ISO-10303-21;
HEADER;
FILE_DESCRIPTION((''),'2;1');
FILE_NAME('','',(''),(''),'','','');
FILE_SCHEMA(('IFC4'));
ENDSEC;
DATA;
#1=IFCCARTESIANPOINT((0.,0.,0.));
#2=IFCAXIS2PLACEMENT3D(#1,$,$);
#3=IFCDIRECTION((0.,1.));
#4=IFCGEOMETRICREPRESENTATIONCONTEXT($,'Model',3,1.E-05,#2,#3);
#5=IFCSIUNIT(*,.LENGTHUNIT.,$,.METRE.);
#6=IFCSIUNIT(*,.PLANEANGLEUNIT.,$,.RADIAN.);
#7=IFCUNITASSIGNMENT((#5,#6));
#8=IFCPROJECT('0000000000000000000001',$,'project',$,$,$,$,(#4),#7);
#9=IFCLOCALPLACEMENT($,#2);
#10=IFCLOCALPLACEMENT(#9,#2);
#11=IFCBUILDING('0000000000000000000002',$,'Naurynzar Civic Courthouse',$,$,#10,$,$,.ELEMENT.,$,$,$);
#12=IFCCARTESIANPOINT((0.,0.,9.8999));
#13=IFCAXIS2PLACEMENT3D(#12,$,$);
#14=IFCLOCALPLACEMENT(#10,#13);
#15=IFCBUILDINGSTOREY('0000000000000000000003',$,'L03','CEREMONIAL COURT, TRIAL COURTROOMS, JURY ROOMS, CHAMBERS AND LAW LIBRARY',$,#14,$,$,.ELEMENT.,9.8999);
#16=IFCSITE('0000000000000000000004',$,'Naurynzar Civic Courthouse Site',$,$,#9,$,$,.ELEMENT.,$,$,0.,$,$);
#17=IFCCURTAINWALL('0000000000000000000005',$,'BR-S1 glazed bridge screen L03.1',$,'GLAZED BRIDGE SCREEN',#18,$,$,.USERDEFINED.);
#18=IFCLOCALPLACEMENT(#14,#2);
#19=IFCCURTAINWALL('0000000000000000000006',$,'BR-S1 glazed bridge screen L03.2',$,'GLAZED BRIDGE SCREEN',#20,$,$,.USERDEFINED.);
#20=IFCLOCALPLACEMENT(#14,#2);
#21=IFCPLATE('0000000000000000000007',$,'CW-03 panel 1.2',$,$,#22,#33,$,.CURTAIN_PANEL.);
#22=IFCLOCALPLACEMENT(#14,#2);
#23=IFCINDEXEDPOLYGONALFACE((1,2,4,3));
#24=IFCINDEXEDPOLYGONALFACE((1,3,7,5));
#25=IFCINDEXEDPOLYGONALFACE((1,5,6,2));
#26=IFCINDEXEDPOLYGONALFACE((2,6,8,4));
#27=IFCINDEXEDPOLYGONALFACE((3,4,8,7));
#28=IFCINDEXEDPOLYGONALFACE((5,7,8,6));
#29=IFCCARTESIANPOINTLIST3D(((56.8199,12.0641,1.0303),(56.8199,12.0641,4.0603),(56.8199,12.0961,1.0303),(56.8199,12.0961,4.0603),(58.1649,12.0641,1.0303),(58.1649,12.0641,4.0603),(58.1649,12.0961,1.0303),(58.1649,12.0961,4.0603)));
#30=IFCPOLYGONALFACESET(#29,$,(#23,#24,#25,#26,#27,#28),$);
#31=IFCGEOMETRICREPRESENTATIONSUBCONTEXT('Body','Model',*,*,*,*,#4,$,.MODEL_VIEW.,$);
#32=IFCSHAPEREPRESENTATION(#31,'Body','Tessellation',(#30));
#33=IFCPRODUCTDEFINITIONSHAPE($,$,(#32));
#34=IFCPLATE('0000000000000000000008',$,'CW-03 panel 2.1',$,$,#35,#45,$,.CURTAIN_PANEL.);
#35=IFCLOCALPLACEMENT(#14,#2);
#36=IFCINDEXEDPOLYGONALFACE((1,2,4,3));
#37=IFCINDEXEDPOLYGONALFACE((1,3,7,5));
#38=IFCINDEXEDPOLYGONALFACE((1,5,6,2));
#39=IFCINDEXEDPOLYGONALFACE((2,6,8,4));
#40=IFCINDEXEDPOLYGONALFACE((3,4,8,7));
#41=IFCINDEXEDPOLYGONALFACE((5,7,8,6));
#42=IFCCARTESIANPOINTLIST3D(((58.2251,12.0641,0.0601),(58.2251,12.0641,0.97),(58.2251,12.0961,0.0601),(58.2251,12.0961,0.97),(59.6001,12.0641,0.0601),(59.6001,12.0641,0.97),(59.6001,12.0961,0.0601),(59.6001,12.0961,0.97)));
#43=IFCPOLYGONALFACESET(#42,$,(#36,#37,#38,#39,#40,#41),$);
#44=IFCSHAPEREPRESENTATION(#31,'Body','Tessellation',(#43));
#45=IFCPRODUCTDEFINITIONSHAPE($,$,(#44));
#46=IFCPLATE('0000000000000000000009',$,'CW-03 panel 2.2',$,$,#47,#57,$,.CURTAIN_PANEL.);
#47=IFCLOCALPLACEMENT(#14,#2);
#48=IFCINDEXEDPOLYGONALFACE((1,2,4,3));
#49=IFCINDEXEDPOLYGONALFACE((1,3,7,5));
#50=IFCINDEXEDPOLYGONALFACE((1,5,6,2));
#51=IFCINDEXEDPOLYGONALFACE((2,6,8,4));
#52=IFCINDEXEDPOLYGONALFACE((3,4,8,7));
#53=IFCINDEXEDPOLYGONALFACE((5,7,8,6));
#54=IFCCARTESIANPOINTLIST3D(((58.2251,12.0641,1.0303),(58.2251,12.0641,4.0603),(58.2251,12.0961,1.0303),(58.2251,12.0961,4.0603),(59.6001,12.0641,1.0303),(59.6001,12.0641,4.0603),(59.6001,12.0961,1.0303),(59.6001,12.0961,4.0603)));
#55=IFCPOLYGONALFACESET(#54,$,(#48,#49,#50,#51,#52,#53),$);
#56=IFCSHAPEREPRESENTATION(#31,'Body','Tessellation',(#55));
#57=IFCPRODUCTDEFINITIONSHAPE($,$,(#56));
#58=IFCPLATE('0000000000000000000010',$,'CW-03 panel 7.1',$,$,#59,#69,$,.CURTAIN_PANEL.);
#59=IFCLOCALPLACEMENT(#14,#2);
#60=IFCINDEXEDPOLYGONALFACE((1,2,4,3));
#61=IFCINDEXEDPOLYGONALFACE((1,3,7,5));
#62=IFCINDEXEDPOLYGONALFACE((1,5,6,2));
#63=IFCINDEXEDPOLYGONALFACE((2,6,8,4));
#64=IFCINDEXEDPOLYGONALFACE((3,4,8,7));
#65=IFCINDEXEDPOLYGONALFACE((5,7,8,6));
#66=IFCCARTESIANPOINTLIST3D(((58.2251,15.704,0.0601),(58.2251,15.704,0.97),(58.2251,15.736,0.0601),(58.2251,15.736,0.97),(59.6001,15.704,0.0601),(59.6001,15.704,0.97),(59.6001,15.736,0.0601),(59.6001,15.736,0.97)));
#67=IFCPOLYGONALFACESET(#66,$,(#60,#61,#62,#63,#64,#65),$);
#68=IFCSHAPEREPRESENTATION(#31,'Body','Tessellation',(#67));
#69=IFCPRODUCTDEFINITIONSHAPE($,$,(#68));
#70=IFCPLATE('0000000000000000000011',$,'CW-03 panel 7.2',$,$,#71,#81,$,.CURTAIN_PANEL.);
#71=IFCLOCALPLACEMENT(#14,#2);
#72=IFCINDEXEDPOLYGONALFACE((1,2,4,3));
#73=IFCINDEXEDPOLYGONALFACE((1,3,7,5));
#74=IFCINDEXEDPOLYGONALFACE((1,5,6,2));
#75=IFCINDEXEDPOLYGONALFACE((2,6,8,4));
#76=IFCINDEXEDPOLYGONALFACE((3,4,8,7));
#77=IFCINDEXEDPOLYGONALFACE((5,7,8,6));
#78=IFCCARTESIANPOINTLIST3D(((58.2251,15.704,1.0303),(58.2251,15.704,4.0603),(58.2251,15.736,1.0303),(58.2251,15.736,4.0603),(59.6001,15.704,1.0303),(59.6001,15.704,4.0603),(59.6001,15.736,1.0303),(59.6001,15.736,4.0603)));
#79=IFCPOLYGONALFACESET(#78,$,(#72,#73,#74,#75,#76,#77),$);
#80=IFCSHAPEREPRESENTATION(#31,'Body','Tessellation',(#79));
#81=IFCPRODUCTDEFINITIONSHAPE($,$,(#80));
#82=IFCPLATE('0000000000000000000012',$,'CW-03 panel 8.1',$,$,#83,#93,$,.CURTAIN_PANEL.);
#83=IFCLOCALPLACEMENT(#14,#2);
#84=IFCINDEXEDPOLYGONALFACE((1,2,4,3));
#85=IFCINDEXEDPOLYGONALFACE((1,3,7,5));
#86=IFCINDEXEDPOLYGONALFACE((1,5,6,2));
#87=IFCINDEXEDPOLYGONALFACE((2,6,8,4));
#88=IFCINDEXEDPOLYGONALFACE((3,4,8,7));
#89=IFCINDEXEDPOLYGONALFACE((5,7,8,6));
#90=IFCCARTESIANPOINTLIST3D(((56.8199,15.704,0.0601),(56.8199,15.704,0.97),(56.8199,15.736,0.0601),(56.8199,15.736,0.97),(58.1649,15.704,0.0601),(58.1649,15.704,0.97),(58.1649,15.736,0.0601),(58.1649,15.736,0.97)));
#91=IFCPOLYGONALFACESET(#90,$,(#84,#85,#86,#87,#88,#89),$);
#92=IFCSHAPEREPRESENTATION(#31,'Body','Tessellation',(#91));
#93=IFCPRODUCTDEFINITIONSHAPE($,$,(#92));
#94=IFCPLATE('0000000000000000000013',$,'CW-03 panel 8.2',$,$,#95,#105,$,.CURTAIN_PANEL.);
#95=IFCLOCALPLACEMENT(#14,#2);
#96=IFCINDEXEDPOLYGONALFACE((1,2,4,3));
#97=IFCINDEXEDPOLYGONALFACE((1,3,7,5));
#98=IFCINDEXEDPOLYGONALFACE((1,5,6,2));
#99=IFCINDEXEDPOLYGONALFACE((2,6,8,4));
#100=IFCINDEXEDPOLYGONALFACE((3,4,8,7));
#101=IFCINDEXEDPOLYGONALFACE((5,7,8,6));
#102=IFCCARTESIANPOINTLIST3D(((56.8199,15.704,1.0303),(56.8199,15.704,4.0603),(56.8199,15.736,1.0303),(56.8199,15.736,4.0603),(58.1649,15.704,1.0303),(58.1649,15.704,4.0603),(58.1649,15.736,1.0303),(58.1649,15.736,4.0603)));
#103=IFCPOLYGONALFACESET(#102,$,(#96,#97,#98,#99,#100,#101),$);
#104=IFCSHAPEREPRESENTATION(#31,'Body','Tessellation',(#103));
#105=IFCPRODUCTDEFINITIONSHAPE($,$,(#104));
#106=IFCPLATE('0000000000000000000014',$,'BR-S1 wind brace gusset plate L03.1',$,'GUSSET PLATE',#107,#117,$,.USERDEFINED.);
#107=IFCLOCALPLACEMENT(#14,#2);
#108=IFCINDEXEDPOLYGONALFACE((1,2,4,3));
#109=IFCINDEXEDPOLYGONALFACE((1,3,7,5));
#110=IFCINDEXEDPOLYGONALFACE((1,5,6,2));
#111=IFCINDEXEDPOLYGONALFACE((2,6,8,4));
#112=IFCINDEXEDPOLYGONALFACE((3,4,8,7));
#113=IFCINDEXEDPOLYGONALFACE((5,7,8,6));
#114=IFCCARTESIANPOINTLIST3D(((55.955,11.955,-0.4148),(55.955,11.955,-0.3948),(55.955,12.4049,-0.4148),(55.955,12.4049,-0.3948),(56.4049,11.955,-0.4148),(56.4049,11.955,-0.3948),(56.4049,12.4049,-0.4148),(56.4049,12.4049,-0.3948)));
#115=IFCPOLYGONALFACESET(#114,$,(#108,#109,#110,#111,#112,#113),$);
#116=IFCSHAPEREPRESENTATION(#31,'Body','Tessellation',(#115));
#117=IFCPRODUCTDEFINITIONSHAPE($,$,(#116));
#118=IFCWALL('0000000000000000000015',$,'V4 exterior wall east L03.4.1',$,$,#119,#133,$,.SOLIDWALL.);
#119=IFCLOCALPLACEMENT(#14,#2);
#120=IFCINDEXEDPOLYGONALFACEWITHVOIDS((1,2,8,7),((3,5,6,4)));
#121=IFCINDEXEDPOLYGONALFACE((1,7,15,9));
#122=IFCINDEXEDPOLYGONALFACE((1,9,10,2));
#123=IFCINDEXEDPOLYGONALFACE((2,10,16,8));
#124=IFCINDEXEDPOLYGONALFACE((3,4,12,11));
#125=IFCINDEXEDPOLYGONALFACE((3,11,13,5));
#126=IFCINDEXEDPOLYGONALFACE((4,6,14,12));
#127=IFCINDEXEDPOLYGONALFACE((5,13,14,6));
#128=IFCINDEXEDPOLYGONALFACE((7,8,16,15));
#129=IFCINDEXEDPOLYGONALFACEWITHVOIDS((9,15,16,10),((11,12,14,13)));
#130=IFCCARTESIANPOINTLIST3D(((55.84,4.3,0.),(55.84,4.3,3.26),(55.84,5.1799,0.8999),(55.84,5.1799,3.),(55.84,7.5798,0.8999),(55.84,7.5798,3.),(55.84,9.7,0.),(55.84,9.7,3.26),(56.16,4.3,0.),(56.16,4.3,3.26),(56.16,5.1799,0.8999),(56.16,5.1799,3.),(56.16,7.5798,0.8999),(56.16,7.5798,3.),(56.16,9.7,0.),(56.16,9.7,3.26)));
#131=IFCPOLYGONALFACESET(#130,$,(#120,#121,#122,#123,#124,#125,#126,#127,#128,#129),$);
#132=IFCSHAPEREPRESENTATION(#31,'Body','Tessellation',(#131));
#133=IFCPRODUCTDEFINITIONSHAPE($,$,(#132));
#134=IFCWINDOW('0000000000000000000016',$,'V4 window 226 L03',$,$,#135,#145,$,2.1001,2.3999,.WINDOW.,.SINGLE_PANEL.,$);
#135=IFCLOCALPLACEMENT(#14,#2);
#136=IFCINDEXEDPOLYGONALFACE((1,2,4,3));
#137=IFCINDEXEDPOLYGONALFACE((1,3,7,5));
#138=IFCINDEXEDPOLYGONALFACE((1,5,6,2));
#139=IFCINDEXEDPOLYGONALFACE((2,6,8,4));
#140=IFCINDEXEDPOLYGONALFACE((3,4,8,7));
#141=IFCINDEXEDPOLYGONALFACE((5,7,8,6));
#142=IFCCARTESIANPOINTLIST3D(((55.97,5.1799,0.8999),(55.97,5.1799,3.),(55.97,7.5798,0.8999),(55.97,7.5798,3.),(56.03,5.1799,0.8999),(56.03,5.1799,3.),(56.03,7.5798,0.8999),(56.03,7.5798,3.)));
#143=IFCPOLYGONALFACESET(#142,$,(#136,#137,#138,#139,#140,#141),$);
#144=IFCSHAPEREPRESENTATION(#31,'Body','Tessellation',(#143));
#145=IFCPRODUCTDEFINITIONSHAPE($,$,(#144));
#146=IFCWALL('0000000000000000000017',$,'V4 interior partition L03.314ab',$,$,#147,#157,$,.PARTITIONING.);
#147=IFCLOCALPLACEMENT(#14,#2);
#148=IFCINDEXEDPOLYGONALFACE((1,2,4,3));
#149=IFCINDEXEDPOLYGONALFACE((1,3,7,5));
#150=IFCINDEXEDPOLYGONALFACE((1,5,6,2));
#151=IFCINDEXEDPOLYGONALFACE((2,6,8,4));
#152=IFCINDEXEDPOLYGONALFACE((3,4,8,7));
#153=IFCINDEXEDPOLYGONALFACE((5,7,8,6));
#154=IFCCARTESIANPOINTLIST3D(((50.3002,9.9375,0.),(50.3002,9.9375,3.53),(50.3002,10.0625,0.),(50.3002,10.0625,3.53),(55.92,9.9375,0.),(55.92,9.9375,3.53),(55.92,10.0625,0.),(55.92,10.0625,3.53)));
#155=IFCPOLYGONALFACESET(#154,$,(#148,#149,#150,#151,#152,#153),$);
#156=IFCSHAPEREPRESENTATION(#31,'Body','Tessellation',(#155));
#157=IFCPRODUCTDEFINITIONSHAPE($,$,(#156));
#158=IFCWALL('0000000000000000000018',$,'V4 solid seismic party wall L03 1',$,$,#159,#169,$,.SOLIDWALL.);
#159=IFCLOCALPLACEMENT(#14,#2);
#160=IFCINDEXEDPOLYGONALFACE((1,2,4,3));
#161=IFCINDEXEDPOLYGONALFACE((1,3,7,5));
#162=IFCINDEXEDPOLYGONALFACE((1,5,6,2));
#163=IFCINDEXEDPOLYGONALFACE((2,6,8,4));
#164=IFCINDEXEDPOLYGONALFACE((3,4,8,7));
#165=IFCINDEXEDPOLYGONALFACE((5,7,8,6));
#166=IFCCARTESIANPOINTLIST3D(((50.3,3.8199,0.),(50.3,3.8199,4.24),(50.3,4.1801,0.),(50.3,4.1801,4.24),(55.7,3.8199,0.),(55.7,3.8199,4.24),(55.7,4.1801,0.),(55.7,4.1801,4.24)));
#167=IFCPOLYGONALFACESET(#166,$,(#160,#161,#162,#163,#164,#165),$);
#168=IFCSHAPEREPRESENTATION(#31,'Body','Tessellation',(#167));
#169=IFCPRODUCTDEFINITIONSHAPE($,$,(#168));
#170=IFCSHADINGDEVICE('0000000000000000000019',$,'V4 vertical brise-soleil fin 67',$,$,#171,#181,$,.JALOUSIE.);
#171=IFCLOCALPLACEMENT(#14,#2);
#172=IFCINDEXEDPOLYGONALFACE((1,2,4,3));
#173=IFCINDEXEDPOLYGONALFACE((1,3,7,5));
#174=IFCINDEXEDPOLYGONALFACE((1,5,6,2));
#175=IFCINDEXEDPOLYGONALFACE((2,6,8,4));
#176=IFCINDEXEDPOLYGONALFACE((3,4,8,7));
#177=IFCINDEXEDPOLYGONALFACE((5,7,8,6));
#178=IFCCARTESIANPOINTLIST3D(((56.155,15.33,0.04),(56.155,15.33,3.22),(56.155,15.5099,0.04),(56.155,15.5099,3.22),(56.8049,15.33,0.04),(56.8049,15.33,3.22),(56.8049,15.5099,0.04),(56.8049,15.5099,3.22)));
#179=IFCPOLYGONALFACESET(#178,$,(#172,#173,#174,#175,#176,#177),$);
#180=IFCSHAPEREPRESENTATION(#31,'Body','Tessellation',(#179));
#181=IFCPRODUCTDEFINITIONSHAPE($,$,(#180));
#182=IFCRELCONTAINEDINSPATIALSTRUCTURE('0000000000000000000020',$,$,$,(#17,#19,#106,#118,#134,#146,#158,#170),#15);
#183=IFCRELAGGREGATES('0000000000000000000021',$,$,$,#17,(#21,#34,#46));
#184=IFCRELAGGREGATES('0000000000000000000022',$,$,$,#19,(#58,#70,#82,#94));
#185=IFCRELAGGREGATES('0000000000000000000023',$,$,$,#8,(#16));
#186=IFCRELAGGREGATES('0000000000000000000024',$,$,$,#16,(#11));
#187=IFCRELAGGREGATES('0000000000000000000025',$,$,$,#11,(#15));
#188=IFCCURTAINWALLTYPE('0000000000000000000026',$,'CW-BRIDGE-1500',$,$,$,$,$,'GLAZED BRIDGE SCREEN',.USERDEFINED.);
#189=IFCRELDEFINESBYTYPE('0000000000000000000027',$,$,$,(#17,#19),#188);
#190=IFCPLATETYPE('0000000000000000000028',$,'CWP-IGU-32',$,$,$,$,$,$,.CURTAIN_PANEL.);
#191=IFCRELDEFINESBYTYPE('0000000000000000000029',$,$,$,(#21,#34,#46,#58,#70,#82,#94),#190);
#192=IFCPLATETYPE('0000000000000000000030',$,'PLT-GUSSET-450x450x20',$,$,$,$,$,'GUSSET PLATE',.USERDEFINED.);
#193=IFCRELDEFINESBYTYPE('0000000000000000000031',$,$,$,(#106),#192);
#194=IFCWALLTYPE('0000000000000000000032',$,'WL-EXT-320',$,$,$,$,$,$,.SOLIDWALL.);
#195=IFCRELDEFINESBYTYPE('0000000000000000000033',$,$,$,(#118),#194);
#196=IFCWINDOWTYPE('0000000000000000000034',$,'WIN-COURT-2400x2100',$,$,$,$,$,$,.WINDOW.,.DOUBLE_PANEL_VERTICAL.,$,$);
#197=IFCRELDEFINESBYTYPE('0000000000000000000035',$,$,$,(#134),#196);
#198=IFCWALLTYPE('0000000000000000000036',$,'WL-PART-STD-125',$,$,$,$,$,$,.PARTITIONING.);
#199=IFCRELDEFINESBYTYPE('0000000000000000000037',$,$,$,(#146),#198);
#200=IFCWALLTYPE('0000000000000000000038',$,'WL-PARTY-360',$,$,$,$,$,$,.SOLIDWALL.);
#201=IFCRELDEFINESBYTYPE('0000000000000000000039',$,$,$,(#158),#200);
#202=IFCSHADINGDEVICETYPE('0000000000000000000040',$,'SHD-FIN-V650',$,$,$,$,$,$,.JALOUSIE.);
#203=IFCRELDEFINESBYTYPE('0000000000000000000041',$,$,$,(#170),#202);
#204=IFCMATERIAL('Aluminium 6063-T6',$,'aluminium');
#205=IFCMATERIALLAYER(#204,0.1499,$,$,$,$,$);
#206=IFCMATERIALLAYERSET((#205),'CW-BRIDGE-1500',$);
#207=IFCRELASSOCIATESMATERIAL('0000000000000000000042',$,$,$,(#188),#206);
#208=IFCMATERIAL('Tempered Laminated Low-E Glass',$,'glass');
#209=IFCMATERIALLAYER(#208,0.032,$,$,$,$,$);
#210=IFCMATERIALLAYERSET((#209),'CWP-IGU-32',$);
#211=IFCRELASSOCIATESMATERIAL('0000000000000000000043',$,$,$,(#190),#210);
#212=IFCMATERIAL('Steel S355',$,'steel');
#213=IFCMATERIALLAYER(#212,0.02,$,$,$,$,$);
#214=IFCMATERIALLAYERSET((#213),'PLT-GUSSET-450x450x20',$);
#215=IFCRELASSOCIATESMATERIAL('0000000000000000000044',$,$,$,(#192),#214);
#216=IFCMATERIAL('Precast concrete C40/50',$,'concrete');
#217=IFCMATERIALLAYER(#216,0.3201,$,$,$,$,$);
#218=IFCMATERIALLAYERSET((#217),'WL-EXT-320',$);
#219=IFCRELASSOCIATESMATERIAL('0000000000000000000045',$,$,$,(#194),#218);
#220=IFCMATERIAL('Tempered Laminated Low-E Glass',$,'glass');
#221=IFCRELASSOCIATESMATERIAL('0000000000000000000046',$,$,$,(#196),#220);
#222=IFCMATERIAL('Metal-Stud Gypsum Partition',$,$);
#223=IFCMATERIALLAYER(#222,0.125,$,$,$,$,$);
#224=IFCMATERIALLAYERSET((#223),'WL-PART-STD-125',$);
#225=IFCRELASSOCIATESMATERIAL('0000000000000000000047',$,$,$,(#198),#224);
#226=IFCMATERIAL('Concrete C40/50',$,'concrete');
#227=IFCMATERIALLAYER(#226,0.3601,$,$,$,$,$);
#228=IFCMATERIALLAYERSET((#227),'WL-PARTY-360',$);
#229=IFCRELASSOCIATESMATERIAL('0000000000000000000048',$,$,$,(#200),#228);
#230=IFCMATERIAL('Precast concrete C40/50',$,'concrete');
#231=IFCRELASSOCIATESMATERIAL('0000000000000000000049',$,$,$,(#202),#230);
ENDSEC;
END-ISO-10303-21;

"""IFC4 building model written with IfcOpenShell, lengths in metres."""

from ifc_helpers import new_model, si_unit, direction, frame, frame_2d, origin, origin_2d, place, context, subcontext, project, spatial, rectangle, extrude, material, layer, layer_set, type_object, element, fill, aggregate, save


model = new_model("IFC4")

# Units and contexts
model_context = context("Model", 3, precision=1e-05, world=origin(), true_north=direction((0.0, 1.0)))
body_context = subcontext(model_context, "Body", "Model", "MODEL_VIEW")
ifc_project = project(units=[si_unit("LENGTHUNIT", "METRE"), si_unit("PLANEANGLEUNIT", "RADIAN")], contexts=[model_context])

# Site, building, storey
site_placement = place(None, origin())
site = spatial("IfcSite", under=ifc_project, at=site_placement, Name="Naurynzar Civic Courthouse Site", CompositionType="ELEMENT", RefElevation=0.0)
building_placement = place(site_placement, origin())
building = spatial("IfcBuilding", under=site, at=building_placement, Name="Naurynzar Civic Courthouse", CompositionType="ELEMENT")
storey_placement = place(building_placement, frame((0.0, 0.0, 9.8999)))
storey = spatial("IfcBuildingStorey", under=building, at=storey_placement, Name="L03", Description="CEREMONIAL COURT, TRIAL COURTROOMS, JURY ROOMS, CHAMBERS AND LAW LIBRARY", CompositionType="ELEMENT", Elevation=9.8999)

# Curtain walls
ifc_material_1 = material(Name="Aluminium 6063-T6", Category="aluminium")
ifc_layer_1 = layer(ifc_material_1, 0.1499)
ifc_layer_set_1 = layer_set([ifc_layer_1], Name="CW-BRIDGE-1500")
curtain_wall_type = type_object("IfcCurtainWallType", Name="CW-BRIDGE-1500", ElementType="GLAZED BRIDGE SCREEN", PredefinedType="USERDEFINED", material=ifc_layer_set_1)
curtain_wall_1_placement = place(storey_placement, origin())
curtain_wall_1 = element("IfcCurtainWall", 1, at=curtain_wall_1_placement, inside=storey, type_object=curtain_wall_type, Name="BR-S1 glazed bridge screen L03.1", ObjectType="GLAZED BRIDGE SCREEN", PredefinedType="USERDEFINED")
curtain_wall_2_placement = place(storey_placement, origin())
curtain_wall_2 = element("IfcCurtainWall", 2, at=curtain_wall_2_placement, inside=storey, type_object=curtain_wall_type, Name="BR-S1 glazed bridge screen L03.2", ObjectType="GLAZED BRIDGE SCREEN", PredefinedType="USERDEFINED")

# Plates
ifc_material_2 = material(Name="Tempered Laminated Low-E Glass", Category="glass")
ifc_layer_2 = layer(ifc_material_2, 0.032)
ifc_layer_set_2 = layer_set([ifc_layer_2], Name="CWP-IGU-32")
plate_type_1 = type_object("IfcPlateType", Name="CWP-IGU-32", PredefinedType="CURTAIN_PANEL", material=ifc_layer_set_2)
plate_1_placement = place(storey_placement, frame((57.4924, 12.0801, 1.0303), z_axis=(0.0, 0.0, 1.0), x_axis=(1.0, 0.0, 0.0)))
plate_1 = element("IfcPlate", 3, at=plate_1_placement, type_object=plate_type_1, Name="CW-03 panel 1.2", PredefinedType="CURTAIN_PANEL", context=body_context, shape_type="SweptSolid", body=[
    extrude(rectangle(XDim=1.345, YDim=0.032, at=origin_2d()), origin(), (0.0, 0.0, 1.0), 3.03),
])
plate_2_placement = place(storey_placement, frame((58.9126, 12.0801, 0.0601), z_axis=(0.0, 0.0, 1.0), x_axis=(1.0, 0.0, 0.0)))
plate_2 = element("IfcPlate", 4, at=plate_2_placement, type_object=plate_type_1, Name="CW-03 panel 2.1", PredefinedType="CURTAIN_PANEL", context=body_context, shape_type="SweptSolid", body=[
    extrude(rectangle(XDim=1.375, YDim=0.032, at=origin_2d()), origin(), (0.0, 0.0, 1.0), 0.9099),
])
plate_3_placement = place(storey_placement, frame((58.9126, 12.0801, 1.0303), z_axis=(0.0, 0.0, 1.0), x_axis=(1.0, 0.0, 0.0)))
plate_3 = element("IfcPlate", 5, at=plate_3_placement, type_object=plate_type_1, Name="CW-03 panel 2.2", PredefinedType="CURTAIN_PANEL", context=body_context, shape_type="SweptSolid", body=[
    extrude(rectangle(XDim=1.375, YDim=0.032, at=origin_2d()), origin(), (0.0, 0.0, 1.0), 3.03),
])
aggregate(curtain_wall_1, [plate_1, plate_2, plate_3])
plate_4_placement = place(storey_placement, frame((58.9126, 15.72, 0.0601), z_axis=(0.0, 0.0, 1.0), x_axis=(-1.0, 0.0, 0.0)))
plate_4 = element("IfcPlate", 6, at=plate_4_placement, type_object=plate_type_1, Name="CW-03 panel 7.1", PredefinedType="CURTAIN_PANEL", context=body_context, shape_type="SweptSolid", body=[
    extrude(rectangle(XDim=1.375, YDim=0.032, at=origin_2d()), origin(), (0.0, 0.0, 1.0), 0.9099),
])
plate_5_placement = place(storey_placement, frame((58.9126, 15.72, 1.0303), z_axis=(0.0, 0.0, 1.0), x_axis=(-1.0, 0.0, 0.0)))
plate_5 = element("IfcPlate", 7, at=plate_5_placement, type_object=plate_type_1, Name="CW-03 panel 7.2", PredefinedType="CURTAIN_PANEL", context=body_context, shape_type="SweptSolid", body=[
    extrude(rectangle(XDim=1.375, YDim=0.032, at=origin_2d()), origin(), (0.0, 0.0, 1.0), 3.03),
])
plate_6_placement = place(storey_placement, frame((57.4924, 15.72, 0.0601), z_axis=(0.0, 0.0, 1.0), x_axis=(-1.0, 0.0, 0.0)))
plate_6 = element("IfcPlate", 8, at=plate_6_placement, type_object=plate_type_1, Name="CW-03 panel 8.1", PredefinedType="CURTAIN_PANEL", context=body_context, shape_type="SweptSolid", body=[
    extrude(rectangle(XDim=1.345, YDim=0.032, at=origin_2d()), origin(), (0.0, 0.0, 1.0), 0.9099),
])
plate_7_placement = place(storey_placement, frame((57.4924, 15.72, 1.0303), z_axis=(0.0, 0.0, 1.0), x_axis=(-1.0, 0.0, 0.0)))
plate_7 = element("IfcPlate", 9, at=plate_7_placement, type_object=plate_type_1, Name="CW-03 panel 8.2", PredefinedType="CURTAIN_PANEL", context=body_context, shape_type="SweptSolid", body=[
    extrude(rectangle(XDim=1.345, YDim=0.032, at=origin_2d()), origin(), (0.0, 0.0, 1.0), 3.03),
])
aggregate(curtain_wall_2, [plate_4, plate_5, plate_6, plate_7])
ifc_material_3 = material(Name="Steel S355", Category="steel")
ifc_layer_3 = layer(ifc_material_3, 0.02)
ifc_layer_set_3 = layer_set([ifc_layer_3], Name="PLT-GUSSET-450x450x20")
plate_type_2 = type_object("IfcPlateType", Name="PLT-GUSSET-450x450x20", ElementType="GUSSET PLATE", PredefinedType="USERDEFINED", material=ifc_layer_set_3)
plate_8_placement = place(storey_placement, frame((56.1799, 12.1799, -0.4148), z_axis=(0.0, 0.0, 1.0), x_axis=(1.0, 0.0, 0.0)))
element("IfcPlate", 10, at=plate_8_placement, inside=storey, type_object=plate_type_2, Name="BR-S1 wind brace gusset plate L03.1", ObjectType="GUSSET PLATE", PredefinedType="USERDEFINED", context=body_context, shape_type="SweptSolid", body=[
    extrude(rectangle(XDim=0.45, YDim=0.45, at=origin_2d()), origin(), (0.0, 0.0, 1.0), 0.02),
])

# Wall, opening, window
ifc_material_4 = material(Name="Precast concrete C40/50", Category="concrete")
ifc_layer_4 = layer(ifc_material_4, 0.3201)
ifc_layer_set_4 = layer_set([ifc_layer_4], Name="WL-EXT-320")
wall_type_1 = type_object("IfcWallType", Name="WL-EXT-320", PredefinedType="SOLIDWALL", material=ifc_layer_set_4)
wall_1_placement = place(storey_placement, frame((56.0, 9.7, 0.0), z_axis=(0.0, 0.0, 1.0), x_axis=(0.0, -1.0, 0.0)))
wall_1 = element("IfcWall", 11, at=wall_1_placement, inside=storey, type_object=wall_type_1, Name="V4 exterior wall east L03.4.1", PredefinedType="SOLIDWALL", context=body_context, shape_type="SweptSolid", body=[
    extrude(rectangle(XDim=5.3999, YDim=0.3201, at=frame_2d((2.7, 0.0))), origin(), (0.0, 0.0, 1.0), 3.26),
])
opening_placement = place(wall_1_placement, frame((2.1201, 0.0, 0.8999)))
opening = element("IfcOpeningElement", 12, at=opening_placement, cuts=wall_1, PredefinedType="OPENING", context=body_context, shape_type="SweptSolid", body=[
    extrude(rectangle(XDim=2.3999, YDim=2.1001, at=frame_2d((1.2, 1.05))), frame((0.0, 0.1699, 0.0), z_axis=(0.0, -1.0, 0.0), x_axis=(1.0, 0.0, 0.0)), (0.0, 0.0, 1.0), 0.3401),
])
ifc_material_5 = material(Name="Tempered Laminated Low-E Glass", Category="glass")
window_type = type_object("IfcWindowType", Name="WIN-COURT-2400x2100", PartitioningType="DOUBLE_PANEL_VERTICAL", PredefinedType="WINDOW", material=ifc_material_5)
window_placement = place(opening_placement, origin())
window = element("IfcWindow", 13, at=window_placement, inside=storey, type_object=window_type, Name="V4 window 226 L03", OverallHeight=2.1001, OverallWidth=2.3999, PartitioningType="SINGLE_PANEL", PredefinedType="WINDOW", context=body_context, shape_type="SweptSolid", body=[
    extrude(rectangle(XDim=2.3999, YDim=2.1001, at=frame_2d((1.2, 1.05))), frame((0.0, 0.03, 0.0), z_axis=(0.0, -1.0, 0.0), x_axis=(1.0, 0.0, 0.0)), (0.0, 0.0, 1.0), 0.0601),
])
fill(opening, window)

# Walls
ifc_material_6 = material(Name="Metal-Stud Gypsum Partition")
ifc_layer_5 = layer(ifc_material_6, 0.125)
ifc_layer_set_5 = layer_set([ifc_layer_5], Name="WL-PART-STD-125")
wall_type_2 = type_object("IfcWallType", Name="WL-PART-STD-125", PredefinedType="PARTITIONING", material=ifc_layer_set_5)
wall_2_placement = place(storey_placement, frame((50.3, 10.0, 0.0), z_axis=(0.0, 0.0, 1.0), x_axis=(1.0, 0.0, 0.0)))
element("IfcWall", 14, at=wall_2_placement, inside=storey, type_object=wall_type_2, Name="V4 interior partition L03.314ab", PredefinedType="PARTITIONING", context=body_context, shape_type="SweptSolid", body=[
    extrude(rectangle(XDim=5.6199, YDim=0.125, at=frame_2d((2.8101, 0.0))), origin(), (0.0, 0.0, 1.0), 3.53),
])
ifc_material_7 = material(Name="Concrete C40/50", Category="concrete")
ifc_layer_6 = layer(ifc_material_7, 0.3601)
ifc_layer_set_6 = layer_set([ifc_layer_6], Name="WL-PARTY-360")
wall_type_3 = type_object("IfcWallType", Name="WL-PARTY-360", PredefinedType="SOLIDWALL", material=ifc_layer_set_6)
wall_3_placement = place(storey_placement, frame((55.7, 4.0, 0.0), z_axis=(0.0, 0.0, 1.0), x_axis=(-1.0, 0.0, 0.0)))
element("IfcWall", 15, at=wall_3_placement, inside=storey, type_object=wall_type_3, Name="V4 solid seismic party wall L03 1", PredefinedType="SOLIDWALL", context=body_context, shape_type="SweptSolid", body=[
    extrude(rectangle(XDim=5.3999, YDim=0.3601, at=frame_2d((2.7, 0.0))), origin(), (0.0, 0.0, 1.0), 4.24),
])

# Shading device
ifc_material_8 = material(Name="Precast concrete C40/50", Category="concrete")
shading_device_type = type_object("IfcShadingDeviceType", Name="SHD-FIN-V650", PredefinedType="JALOUSIE", material=ifc_material_8)
shading_device_placement = place(storey_placement, frame((56.48, 15.4199, 0.04), z_axis=(0.0, 0.0, 1.0), x_axis=(0.0, -1.0, 0.0)))
element("IfcShadingDevice", 16, at=shading_device_placement, inside=storey, type_object=shading_device_type, Name="V4 vertical brise-soleil fin 67", PredefinedType="JALOUSIE", context=body_context, shape_type="SweptSolid", body=[
    extrude(rectangle(XDim=0.1799, YDim=0.6499, at=origin_2d()), origin(), (0.0, 0.0, 1.0), 3.1799),
])

save(model, "model.ifc")
